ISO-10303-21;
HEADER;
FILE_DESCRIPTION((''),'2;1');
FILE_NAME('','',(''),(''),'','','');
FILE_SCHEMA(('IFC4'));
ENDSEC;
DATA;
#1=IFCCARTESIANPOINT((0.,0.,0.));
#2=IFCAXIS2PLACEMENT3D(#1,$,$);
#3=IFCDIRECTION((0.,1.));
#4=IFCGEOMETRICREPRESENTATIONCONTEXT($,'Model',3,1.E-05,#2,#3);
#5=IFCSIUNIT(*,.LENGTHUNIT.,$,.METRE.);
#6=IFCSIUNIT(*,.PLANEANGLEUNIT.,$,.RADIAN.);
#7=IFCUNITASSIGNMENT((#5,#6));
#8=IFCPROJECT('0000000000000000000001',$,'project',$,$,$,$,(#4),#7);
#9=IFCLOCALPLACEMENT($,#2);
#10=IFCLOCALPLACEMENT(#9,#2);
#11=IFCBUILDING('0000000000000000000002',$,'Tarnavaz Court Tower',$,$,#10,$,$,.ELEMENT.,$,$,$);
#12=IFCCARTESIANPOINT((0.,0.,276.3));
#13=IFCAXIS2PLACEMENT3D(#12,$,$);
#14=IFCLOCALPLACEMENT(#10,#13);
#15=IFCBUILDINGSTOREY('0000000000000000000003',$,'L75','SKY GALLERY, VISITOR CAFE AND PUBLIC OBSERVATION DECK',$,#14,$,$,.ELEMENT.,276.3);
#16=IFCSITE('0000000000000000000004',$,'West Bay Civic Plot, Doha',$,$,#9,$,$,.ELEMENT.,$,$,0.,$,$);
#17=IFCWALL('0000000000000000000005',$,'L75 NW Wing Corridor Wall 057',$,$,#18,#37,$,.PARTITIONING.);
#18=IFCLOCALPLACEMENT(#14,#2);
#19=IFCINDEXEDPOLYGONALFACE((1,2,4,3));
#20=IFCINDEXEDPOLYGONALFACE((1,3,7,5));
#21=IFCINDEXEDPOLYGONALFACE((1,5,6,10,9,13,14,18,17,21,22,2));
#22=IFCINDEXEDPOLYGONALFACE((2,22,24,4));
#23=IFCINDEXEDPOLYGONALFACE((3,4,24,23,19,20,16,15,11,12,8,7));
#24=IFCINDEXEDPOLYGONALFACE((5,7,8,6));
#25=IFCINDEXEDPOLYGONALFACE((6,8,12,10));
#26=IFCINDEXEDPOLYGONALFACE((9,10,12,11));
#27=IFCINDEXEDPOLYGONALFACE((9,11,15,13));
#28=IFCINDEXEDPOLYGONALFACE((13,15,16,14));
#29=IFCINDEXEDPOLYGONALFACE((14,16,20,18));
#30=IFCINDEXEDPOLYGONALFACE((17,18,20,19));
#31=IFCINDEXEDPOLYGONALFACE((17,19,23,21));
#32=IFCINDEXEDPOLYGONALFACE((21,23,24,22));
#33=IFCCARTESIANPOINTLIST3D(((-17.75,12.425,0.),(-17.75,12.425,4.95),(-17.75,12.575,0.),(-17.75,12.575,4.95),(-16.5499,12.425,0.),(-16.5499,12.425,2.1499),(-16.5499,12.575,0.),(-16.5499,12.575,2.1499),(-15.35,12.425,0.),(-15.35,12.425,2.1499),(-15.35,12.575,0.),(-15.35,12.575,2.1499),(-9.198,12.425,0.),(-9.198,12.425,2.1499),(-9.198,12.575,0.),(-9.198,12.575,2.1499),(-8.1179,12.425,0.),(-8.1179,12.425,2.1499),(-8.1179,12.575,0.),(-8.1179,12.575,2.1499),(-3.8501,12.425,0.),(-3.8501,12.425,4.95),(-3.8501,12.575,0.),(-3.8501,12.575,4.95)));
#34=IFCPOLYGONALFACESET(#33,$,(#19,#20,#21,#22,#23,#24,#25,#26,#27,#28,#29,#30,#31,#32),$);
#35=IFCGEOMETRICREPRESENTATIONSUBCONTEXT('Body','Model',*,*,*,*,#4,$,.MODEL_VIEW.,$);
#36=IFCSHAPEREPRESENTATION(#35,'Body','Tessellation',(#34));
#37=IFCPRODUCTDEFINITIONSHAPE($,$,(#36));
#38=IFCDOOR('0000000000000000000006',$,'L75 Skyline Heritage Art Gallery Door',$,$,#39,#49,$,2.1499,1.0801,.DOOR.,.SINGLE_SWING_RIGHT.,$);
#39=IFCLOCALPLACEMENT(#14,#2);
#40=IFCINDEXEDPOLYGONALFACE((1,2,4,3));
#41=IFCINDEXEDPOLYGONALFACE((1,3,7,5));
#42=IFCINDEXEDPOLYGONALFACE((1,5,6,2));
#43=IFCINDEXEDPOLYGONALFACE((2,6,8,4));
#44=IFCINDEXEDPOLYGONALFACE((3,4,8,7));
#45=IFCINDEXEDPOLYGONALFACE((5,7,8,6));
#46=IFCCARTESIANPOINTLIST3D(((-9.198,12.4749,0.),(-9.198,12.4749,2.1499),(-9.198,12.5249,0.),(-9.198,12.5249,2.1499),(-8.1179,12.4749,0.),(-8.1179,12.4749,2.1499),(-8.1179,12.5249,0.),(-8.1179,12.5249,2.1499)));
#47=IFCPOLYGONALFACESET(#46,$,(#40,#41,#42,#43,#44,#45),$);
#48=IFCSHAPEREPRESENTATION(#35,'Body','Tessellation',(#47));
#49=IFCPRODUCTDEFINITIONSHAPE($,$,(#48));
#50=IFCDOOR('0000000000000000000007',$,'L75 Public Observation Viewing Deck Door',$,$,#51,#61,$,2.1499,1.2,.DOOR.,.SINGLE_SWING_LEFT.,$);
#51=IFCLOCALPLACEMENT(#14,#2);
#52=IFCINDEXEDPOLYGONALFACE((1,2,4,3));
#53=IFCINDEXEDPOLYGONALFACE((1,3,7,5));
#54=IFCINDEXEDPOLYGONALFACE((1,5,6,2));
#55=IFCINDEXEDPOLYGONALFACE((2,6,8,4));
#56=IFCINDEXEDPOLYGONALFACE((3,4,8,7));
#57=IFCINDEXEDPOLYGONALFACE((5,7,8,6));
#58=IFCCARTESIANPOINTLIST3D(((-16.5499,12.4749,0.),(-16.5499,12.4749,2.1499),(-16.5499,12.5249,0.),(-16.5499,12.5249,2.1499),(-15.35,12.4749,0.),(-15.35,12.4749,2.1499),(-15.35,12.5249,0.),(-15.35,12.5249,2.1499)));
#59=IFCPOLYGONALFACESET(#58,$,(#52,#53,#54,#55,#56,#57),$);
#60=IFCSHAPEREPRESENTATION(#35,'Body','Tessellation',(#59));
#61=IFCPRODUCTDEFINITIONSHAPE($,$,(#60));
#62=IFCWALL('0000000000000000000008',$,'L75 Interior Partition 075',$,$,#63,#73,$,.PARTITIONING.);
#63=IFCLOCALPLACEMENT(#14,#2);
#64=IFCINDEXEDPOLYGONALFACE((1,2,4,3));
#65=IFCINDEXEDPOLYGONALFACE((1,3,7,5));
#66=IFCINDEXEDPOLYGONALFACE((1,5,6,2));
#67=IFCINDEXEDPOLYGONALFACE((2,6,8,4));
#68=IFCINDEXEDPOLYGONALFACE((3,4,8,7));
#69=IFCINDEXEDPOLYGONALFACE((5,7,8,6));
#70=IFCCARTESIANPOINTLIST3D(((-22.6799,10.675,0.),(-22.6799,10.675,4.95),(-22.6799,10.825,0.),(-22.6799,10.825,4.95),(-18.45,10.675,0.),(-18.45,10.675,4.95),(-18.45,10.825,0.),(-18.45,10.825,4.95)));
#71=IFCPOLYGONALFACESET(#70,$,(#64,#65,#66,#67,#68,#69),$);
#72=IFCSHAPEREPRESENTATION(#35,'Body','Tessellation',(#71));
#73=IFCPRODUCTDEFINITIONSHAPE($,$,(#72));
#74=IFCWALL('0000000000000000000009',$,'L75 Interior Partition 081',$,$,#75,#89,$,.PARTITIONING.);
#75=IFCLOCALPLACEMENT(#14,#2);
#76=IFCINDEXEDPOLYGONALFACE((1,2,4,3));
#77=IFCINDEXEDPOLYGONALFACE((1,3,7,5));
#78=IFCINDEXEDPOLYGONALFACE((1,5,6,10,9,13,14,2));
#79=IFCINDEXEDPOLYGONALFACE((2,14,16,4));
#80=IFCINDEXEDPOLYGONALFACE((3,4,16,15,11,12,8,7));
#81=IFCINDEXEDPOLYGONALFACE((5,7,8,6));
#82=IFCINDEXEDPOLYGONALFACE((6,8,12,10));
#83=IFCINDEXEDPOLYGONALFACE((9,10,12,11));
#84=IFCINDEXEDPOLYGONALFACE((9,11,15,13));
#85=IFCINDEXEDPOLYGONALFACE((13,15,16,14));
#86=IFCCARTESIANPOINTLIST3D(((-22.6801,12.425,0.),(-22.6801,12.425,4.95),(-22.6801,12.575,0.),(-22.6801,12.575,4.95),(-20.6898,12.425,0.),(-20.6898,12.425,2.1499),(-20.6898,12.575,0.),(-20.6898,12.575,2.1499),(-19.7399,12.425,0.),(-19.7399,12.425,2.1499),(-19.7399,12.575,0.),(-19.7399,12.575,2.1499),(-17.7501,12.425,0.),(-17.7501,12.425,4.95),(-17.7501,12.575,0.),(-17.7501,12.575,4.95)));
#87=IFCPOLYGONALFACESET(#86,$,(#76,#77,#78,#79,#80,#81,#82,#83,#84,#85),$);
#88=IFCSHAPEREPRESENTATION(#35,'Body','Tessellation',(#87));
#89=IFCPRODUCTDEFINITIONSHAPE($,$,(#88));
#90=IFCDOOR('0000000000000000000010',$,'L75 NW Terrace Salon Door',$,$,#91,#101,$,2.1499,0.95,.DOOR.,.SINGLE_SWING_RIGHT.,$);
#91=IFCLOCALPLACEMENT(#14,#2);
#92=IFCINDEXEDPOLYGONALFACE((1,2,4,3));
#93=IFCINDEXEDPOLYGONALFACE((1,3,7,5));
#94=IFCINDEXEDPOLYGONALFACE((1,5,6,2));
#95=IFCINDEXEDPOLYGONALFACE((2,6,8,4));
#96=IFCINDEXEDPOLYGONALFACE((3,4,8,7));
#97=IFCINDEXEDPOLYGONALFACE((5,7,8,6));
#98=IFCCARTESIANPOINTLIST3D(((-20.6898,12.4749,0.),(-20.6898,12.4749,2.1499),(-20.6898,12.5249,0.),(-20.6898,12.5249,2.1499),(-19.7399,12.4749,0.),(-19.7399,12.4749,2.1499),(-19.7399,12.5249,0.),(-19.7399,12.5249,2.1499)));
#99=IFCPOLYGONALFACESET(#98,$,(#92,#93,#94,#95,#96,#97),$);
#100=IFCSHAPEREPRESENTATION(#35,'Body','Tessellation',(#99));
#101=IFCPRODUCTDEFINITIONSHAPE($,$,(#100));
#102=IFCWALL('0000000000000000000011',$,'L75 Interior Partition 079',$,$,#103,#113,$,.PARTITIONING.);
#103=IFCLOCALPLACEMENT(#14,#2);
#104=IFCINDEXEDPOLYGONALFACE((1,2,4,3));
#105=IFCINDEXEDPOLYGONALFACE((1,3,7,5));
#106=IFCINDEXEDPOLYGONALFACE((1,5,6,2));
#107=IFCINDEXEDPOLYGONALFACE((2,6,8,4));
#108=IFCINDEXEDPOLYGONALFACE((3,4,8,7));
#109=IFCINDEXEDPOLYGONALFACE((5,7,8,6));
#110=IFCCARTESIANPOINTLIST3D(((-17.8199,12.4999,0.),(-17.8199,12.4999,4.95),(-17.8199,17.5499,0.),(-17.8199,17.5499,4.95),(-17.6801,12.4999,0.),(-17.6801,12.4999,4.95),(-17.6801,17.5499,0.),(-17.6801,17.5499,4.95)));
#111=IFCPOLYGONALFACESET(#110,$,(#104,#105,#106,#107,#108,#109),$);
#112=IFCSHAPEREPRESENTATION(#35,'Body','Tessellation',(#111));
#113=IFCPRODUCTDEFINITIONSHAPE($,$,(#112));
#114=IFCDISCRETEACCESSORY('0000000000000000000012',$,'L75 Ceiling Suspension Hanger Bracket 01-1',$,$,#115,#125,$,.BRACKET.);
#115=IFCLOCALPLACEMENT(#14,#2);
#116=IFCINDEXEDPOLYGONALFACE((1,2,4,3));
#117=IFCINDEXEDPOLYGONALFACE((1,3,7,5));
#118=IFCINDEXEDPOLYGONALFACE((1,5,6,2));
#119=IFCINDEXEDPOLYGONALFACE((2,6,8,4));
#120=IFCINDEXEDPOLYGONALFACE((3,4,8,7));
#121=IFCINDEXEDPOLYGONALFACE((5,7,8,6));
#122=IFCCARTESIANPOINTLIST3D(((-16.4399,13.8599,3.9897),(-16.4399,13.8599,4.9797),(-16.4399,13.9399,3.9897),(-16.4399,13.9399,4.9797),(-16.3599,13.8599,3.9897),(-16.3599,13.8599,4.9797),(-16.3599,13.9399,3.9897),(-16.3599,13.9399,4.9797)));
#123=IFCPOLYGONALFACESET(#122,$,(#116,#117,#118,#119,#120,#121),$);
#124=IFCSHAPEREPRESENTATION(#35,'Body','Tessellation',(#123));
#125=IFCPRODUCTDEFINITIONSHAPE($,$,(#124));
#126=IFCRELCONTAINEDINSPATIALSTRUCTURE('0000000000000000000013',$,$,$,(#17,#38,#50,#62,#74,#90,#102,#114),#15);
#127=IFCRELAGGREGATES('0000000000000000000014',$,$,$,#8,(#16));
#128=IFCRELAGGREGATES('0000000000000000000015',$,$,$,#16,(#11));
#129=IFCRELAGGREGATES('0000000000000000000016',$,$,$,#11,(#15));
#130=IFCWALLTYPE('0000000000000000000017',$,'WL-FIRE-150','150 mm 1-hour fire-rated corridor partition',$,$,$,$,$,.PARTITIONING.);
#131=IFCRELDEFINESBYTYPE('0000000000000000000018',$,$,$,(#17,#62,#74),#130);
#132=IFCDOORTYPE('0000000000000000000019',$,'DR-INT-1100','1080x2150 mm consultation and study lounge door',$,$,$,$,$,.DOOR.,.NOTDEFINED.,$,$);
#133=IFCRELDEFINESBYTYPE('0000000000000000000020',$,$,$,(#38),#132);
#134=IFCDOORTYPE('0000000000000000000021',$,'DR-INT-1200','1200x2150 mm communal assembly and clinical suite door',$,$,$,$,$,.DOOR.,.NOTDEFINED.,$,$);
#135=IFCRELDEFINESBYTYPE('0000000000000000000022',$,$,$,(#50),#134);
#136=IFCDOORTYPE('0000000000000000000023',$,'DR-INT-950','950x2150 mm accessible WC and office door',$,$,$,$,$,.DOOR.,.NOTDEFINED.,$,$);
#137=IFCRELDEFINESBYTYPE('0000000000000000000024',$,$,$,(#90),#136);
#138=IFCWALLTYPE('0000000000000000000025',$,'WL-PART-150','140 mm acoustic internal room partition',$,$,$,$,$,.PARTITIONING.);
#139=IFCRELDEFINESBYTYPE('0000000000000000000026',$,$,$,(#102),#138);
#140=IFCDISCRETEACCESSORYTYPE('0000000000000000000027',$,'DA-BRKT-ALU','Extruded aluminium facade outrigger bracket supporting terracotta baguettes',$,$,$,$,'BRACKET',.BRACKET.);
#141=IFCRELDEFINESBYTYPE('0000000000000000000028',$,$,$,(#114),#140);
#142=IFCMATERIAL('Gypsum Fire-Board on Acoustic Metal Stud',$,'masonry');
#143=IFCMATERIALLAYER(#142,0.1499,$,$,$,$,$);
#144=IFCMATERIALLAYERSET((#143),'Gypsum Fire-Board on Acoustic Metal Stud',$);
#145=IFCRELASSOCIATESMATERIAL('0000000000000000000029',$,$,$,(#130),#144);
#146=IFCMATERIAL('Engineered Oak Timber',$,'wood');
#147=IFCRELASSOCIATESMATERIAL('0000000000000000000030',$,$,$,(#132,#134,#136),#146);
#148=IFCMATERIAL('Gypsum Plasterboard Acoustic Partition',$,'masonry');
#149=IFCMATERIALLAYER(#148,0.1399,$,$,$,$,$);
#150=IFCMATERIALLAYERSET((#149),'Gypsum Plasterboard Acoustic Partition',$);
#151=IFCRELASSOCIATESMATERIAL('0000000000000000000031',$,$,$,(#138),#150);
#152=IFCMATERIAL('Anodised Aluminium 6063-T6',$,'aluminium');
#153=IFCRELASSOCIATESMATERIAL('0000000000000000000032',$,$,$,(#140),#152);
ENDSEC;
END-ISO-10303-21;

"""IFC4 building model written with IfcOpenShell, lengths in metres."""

from ifc_helpers import new_model, si_unit, direction, frame, frame_2d, origin, origin_2d, place, context, subcontext, project, spatial, rectangle, extrude, material, layer, layer_set, type_object, element, fill, save


model = new_model("IFC4")

# Units and contexts
model_context = context("Model", 3, precision=1e-05, world=origin(), true_north=direction((0.0, 1.0)))
body_context = subcontext(model_context, "Body", "Model", "MODEL_VIEW")
ifc_project = project(units=[si_unit("LENGTHUNIT", "METRE"), si_unit("PLANEANGLEUNIT", "RADIAN")], contexts=[model_context])

# Site, building, storey
site_placement = place(None, origin())
site = spatial("IfcSite", under=ifc_project, at=site_placement, Name="West Bay Civic Plot, Doha", CompositionType="ELEMENT", RefElevation=0.0)
building_placement = place(site_placement, origin())
building = spatial("IfcBuilding", under=site, at=building_placement, Name="Tarnavaz Court Tower", CompositionType="ELEMENT")
storey_placement = place(building_placement, frame((0.0, 0.0, 276.3)))
storey = spatial("IfcBuildingStorey", under=building, at=storey_placement, Name="L75", Description="SKY GALLERY, VISITOR CAFE AND PUBLIC OBSERVATION DECK", CompositionType="ELEMENT", Elevation=276.3)

# Shared definitions
ifc_material_1 = material(Name="Anodised Aluminium 6063-T6", Category="aluminium")

# Wall, openings, doors
ifc_material_2 = material(Name="Gypsum Fire-Board on Acoustic Metal Stud", Category="masonry")
ifc_layer_1 = layer(ifc_material_2, 0.1499)
ifc_layer_set_1 = layer_set([ifc_layer_1], Name="Gypsum Fire-Board on Acoustic Metal Stud")
wall_type_1 = type_object("IfcWallType", Name="WL-FIRE-150", Description="150 mm 1-hour fire-rated corridor partition", PredefinedType="PARTITIONING", material=ifc_layer_set_1)
wall_1_placement = place(storey_placement, frame((-17.75, 12.5, 0.0), z_axis=(0.0, 0.0, 1.0), x_axis=(1.0, 0.0, 0.0)))
wall_1 = element("IfcWall", 1, at=wall_1_placement, inside=storey, type_object=wall_type_1, Name="L75 NW Wing Corridor Wall 057", PredefinedType="PARTITIONING", context=body_context, shape_type="SweptSolid", body=[
    extrude(rectangle(XDim=13.8999, YDim=0.1499, at=frame_2d((6.95, 0.0))), origin(), (0.0, 0.0, 1.0), 4.95),
])
opening_1_placement = place(wall_1_placement, frame((1.2, 0.0, 0.0)))
opening_1 = element("IfcOpeningElement", 2, at=opening_1_placement, cuts=wall_1, PredefinedType="OPENING", context=body_context, shape_type="SweptSolid", body=[
    extrude(rectangle(XDim=1.2, YDim=2.1499, at=frame_2d((0.6001, 1.075))), frame((0.0, 0.085, 0.0), z_axis=(0.0, -1.0, 0.0), x_axis=(1.0, 0.0, 0.0)), (0.0, 0.0, 1.0), 0.1699),
])
opening_2_placement = place(wall_1_placement, frame((8.552, 0.0, 0.0)))
opening_2 = element("IfcOpeningElement", 3, at=opening_2_placement, cuts=wall_1, PredefinedType="OPENING", context=body_context, shape_type="SweptSolid", body=[
    extrude(rectangle(XDim=1.0801, YDim=2.1499, at=frame_2d((0.54, 1.075))), frame((0.0, 0.085, 0.0), z_axis=(0.0, -1.0, 0.0), x_axis=(1.0, 0.0, 0.0)), (0.0, 0.0, 1.0), 0.1699),
])
ifc_material_3 = material(Name="Engineered Oak Timber", Category="wood")
door_type_1 = type_object("IfcDoorType", Name="DR-INT-1100", Description="1080x2150 mm consultation and study lounge door", OperationType="NOTDEFINED", PredefinedType="DOOR", material=ifc_material_3)
door_1_placement = place(opening_2_placement, origin())
door_1 = element("IfcDoor", 4, at=door_1_placement, inside=storey, type_object=door_type_1, Name="L75 Skyline Heritage Art Gallery Door", OperationType="SINGLE_SWING_RIGHT", OverallHeight=2.1499, OverallWidth=1.0801, PredefinedType="DOOR", context=body_context, shape_type="SweptSolid", body=[
    extrude(rectangle(XDim=1.0801, YDim=2.1499, at=frame_2d((0.54, 1.075))), frame((0.0, 0.0249, 0.0), z_axis=(0.0, -1.0, 0.0), x_axis=(1.0, 0.0, 0.0)), (0.0, 0.0, 1.0), 0.05),
])
fill(opening_2, door_1)
door_type_2 = type_object("IfcDoorType", Name="DR-INT-1200", Description="1200x2150 mm communal assembly and clinical suite door", OperationType="NOTDEFINED", PredefinedType="DOOR", material=ifc_material_3)
door_2_placement = place(opening_1_placement, origin())
door_2 = element("IfcDoor", 5, at=door_2_placement, inside=storey, type_object=door_type_2, Name="L75 Public Observation Viewing Deck Door", OperationType="SINGLE_SWING_LEFT", OverallHeight=2.1499, OverallWidth=1.2, PredefinedType="DOOR", context=body_context, shape_type="SweptSolid", body=[
    extrude(rectangle(XDim=1.2, YDim=2.1499, at=frame_2d((0.6001, 1.075))), frame((0.0, 0.0249, 0.0), z_axis=(0.0, -1.0, 0.0), x_axis=(1.0, 0.0, 0.0)), (0.0, 0.0, 1.0), 0.05),
])
fill(opening_1, door_2)

# Wall
wall_2_placement = place(storey_placement, frame((-22.6799, 10.75, 0.0), z_axis=(0.0, 0.0, 1.0), x_axis=(1.0, 0.0, 0.0)))
element("IfcWall", 6, at=wall_2_placement, inside=storey, type_object=wall_type_1, Name="L75 Interior Partition 075", PredefinedType="PARTITIONING", context=body_context, shape_type="SweptSolid", body=[
    extrude(rectangle(XDim=4.23, YDim=0.1499, at=frame_2d((2.115, 0.0))), origin(), (0.0, 0.0, 1.0), 4.95),
])

# Wall, opening, door
wall_3_placement = place(storey_placement, frame((-22.6799, 12.5, 0.0), z_axis=(0.0, 0.0, 1.0), x_axis=(1.0, 0.0, 0.0)))
wall_3 = element("IfcWall", 7, at=wall_3_placement, inside=storey, type_object=wall_type_1, Name="L75 Interior Partition 081", PredefinedType="PARTITIONING", context=body_context, shape_type="SweptSolid", body=[
    extrude(rectangle(XDim=4.9299, YDim=0.1499, at=frame_2d((2.4648, 0.0))), origin(), (0.0, 0.0, 1.0), 4.95),
])
opening_3_placement = place(wall_3_placement, frame((1.99, 0.0, 0.0)))
opening_3 = element("IfcOpeningElement", 8, at=opening_3_placement, cuts=wall_3, PredefinedType="OPENING", context=body_context, shape_type="SweptSolid", body=[
    extrude(rectangle(XDim=0.95, YDim=2.1499, at=frame_2d((0.4751, 1.075))), frame((0.0, 0.085, 0.0), z_axis=(0.0, -1.0, 0.0), x_axis=(1.0, 0.0, 0.0)), (0.0, 0.0, 1.0), 0.1699),
])
door_type_3 = type_object("IfcDoorType", Name="DR-INT-950", Description="950x2150 mm accessible WC and office door", OperationType="NOTDEFINED", PredefinedType="DOOR", material=ifc_material_3)
door_3_placement = place(opening_3_placement, origin())
door_3 = element("IfcDoor", 9, at=door_3_placement, inside=storey, type_object=door_type_3, Name="L75 NW Terrace Salon Door", OperationType="SINGLE_SWING_RIGHT", OverallHeight=2.1499, OverallWidth=0.95, PredefinedType="DOOR", context=body_context, shape_type="SweptSolid", body=[
    extrude(rectangle(XDim=0.95, YDim=2.1499, at=frame_2d((0.4751, 1.075))), frame((0.0, 0.0249, 0.0), z_axis=(0.0, -1.0, 0.0), x_axis=(1.0, 0.0, 0.0)), (0.0, 0.0, 1.0), 0.05),
])
fill(opening_3, door_3)

# Wall
ifc_material_4 = material(Name="Gypsum Plasterboard Acoustic Partition", Category="masonry")
ifc_layer_2 = layer(ifc_material_4, 0.1399)
ifc_layer_set_2 = layer_set([ifc_layer_2], Name="Gypsum Plasterboard Acoustic Partition")
wall_type_2 = type_object("IfcWallType", Name="WL-PART-150", Description="140 mm acoustic internal room partition", PredefinedType="PARTITIONING", material=ifc_layer_set_2)
wall_4_placement = place(storey_placement, frame((-17.75, 12.5, 0.0), z_axis=(0.0, 0.0, 1.0), x_axis=(0.0, 1.0, 0.0)))
element("IfcWall", 10, at=wall_4_placement, inside=storey, type_object=wall_type_2, Name="L75 Interior Partition 079", PredefinedType="PARTITIONING", context=body_context, shape_type="SweptSolid", body=[
    extrude(rectangle(XDim=5.05, YDim=0.1399, at=frame_2d((2.5249, 0.0))), origin(), (0.0, 0.0, 1.0), 4.95),
])

# Discrete accessory
discrete_accessory_type = type_object("IfcDiscreteAccessoryType", Name="DA-BRKT-ALU", Description="Extruded aluminium facade outrigger bracket supporting terracotta baguettes", ElementType="BRACKET", PredefinedType="BRACKET", material=ifc_material_1)
discrete_accessory_placement = place(storey_placement, frame((-16.3999, 13.8999, 3.9897), z_axis=(0.0, 0.0, 1.0), x_axis=(1.0, 0.0, 0.0)))
element("IfcDiscreteAccessory", 11, at=discrete_accessory_placement, inside=storey, type_object=discrete_accessory_type, Name="L75 Ceiling Suspension Hanger Bracket 01-1", PredefinedType="BRACKET", context=body_context, shape_type="SweptSolid", body=[
    extrude(rectangle(XDim=0.0801, YDim=0.0801, at=origin_2d()), origin(), (0.0, 0.0, 1.0), 0.99),
])

save(model, "model.ifc")
